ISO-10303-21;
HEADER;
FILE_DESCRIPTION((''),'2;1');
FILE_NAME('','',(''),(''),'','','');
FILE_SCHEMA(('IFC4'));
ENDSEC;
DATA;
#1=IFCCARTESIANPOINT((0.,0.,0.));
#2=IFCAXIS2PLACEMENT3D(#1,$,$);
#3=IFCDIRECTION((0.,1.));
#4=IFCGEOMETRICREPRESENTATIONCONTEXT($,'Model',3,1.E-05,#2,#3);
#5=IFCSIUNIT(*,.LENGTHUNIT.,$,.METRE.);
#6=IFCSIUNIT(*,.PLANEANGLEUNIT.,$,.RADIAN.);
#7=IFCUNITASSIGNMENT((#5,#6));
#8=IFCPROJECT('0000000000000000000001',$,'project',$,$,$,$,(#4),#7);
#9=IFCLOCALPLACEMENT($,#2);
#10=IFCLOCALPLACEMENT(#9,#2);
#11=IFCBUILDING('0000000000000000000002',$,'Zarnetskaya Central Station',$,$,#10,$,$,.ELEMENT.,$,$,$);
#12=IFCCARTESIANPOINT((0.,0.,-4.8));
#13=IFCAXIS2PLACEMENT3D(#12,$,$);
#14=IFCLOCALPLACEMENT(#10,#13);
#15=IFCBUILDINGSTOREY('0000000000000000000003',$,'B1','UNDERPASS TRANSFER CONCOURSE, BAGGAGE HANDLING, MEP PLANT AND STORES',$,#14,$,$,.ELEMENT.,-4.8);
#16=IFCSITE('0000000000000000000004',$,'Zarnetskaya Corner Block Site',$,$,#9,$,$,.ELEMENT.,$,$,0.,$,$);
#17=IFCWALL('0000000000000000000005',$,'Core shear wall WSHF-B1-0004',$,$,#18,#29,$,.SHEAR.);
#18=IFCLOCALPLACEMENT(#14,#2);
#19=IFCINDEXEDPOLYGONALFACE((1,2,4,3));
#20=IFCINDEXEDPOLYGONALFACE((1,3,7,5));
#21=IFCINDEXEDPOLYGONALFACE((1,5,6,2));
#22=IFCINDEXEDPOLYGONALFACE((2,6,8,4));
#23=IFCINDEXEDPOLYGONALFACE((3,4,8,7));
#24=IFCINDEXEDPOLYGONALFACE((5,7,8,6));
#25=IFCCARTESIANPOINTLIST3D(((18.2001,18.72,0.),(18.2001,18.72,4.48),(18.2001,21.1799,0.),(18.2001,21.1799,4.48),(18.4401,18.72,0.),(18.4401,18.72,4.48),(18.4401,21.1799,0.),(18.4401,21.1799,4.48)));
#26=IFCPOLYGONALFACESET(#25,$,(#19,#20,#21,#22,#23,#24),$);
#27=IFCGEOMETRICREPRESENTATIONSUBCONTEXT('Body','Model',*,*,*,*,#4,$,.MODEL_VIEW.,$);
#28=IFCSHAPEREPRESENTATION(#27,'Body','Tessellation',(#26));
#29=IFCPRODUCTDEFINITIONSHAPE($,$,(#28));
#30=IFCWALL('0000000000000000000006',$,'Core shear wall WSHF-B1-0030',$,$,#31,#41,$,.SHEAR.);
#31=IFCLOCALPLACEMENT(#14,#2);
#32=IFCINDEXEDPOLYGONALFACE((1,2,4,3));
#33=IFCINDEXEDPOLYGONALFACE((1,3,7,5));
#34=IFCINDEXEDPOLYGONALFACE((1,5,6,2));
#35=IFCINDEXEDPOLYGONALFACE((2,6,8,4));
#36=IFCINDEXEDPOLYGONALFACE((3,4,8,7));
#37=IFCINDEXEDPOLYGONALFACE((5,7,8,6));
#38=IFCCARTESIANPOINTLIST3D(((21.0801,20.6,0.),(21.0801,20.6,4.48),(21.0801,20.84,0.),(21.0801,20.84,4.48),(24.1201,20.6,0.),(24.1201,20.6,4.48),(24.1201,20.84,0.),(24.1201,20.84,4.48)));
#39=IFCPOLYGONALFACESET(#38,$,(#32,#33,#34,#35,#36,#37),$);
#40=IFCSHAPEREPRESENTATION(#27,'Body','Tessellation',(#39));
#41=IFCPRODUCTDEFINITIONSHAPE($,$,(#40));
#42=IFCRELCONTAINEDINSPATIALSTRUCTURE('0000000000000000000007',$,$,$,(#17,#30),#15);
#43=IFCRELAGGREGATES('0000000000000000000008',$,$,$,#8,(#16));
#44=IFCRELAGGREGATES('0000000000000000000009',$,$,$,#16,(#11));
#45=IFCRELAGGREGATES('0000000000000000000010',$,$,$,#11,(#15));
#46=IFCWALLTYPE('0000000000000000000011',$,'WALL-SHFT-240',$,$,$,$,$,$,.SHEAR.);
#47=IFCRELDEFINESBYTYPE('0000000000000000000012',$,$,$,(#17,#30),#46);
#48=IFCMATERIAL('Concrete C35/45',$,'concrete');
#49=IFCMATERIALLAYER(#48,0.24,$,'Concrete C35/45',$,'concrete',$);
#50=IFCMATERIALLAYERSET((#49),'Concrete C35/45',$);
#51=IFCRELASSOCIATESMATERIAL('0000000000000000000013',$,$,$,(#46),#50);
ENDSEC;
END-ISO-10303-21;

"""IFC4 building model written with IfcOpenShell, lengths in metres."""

from ifc_helpers import new_model, si_unit, direction, frame, frame_2d, origin, place, context, subcontext, project, spatial, rectangle, extrude, material, layer, layer_set, type_object, element, save


model = new_model("IFC4")

# Units and contexts
model_context = context("Model", 3, precision=1e-05, world=origin(), true_north=direction((0.0, 1.0)))
body_context = subcontext(model_context, "Body", "Model", "MODEL_VIEW")
ifc_project = project(units=[si_unit("LENGTHUNIT", "METRE"), si_unit("PLANEANGLEUNIT", "RADIAN")], contexts=[model_context])

# Site, building, storey
site_placement = place(None, origin())
site = spatial("IfcSite", under=ifc_project, at=site_placement, Name="Zarnetskaya Corner Block Site", CompositionType="ELEMENT", RefElevation=0.0)
building_placement = place(site_placement, origin())
building = spatial("IfcBuilding", under=site, at=building_placement, Name="Zarnetskaya Central Station", CompositionType="ELEMENT")
storey_placement = place(building_placement, frame((0.0, 0.0, -4.8)))
storey = spatial("IfcBuildingStorey", under=building, at=storey_placement, Name="B1", Description="UNDERPASS TRANSFER CONCOURSE, BAGGAGE HANDLING, MEP PLANT AND STORES", CompositionType="ELEMENT", Elevation=-4.8)

# Shared definitions
ifc_material = material(Name="Concrete C35/45", Category="concrete")

# Walls
ifc_layer_1 = layer(ifc_material, 0.24, Name="Concrete C35/45", Category="concrete")
ifc_layer_set_1 = layer_set([ifc_layer_1], Name="Concrete C35/45")
wall_type_1 = type_object("IfcWallType", Name="WALL-SHFT-240", PredefinedType="SHEAR", material=ifc_layer_set_1)
wall_1_placement = place(storey_placement, frame((18.3201, 21.1799, 0.0), z_axis=(0.0, 0.0, 1.0), x_axis=(0.0, -1.0, 0.0)))
element("IfcWall", 1, at=wall_1_placement, inside=storey, type_object=wall_type_1, Name="Core shear wall WSHF-B1-0004", PredefinedType="SHEAR", context=body_context, shape_type="SweptSolid", body=[
    extrude(rectangle(XDim=2.46, YDim=0.24, at=frame_2d((1.23, 0.0))), origin(), (0.0, 0.0, 1.0), 4.48),
])
wall_2_placement = place(storey_placement, frame((21.0801, 20.72, 0.0), z_axis=(0.0, 0.0, 1.0), x_axis=(1.0, 0.0, 0.0)))
element("IfcWall", 2, at=wall_2_placement, inside=storey, type_object=wall_type_1, Name="Core shear wall WSHF-B1-0030", PredefinedType="SHEAR", context=body_context, shape_type="SweptSolid", body=[
    extrude(rectangle(XDim=3.04, YDim=0.24, at=frame_2d((1.52, 0.0))), origin(), (0.0, 0.0, 1.0), 4.48),
])

save(model, "model.ifc")
